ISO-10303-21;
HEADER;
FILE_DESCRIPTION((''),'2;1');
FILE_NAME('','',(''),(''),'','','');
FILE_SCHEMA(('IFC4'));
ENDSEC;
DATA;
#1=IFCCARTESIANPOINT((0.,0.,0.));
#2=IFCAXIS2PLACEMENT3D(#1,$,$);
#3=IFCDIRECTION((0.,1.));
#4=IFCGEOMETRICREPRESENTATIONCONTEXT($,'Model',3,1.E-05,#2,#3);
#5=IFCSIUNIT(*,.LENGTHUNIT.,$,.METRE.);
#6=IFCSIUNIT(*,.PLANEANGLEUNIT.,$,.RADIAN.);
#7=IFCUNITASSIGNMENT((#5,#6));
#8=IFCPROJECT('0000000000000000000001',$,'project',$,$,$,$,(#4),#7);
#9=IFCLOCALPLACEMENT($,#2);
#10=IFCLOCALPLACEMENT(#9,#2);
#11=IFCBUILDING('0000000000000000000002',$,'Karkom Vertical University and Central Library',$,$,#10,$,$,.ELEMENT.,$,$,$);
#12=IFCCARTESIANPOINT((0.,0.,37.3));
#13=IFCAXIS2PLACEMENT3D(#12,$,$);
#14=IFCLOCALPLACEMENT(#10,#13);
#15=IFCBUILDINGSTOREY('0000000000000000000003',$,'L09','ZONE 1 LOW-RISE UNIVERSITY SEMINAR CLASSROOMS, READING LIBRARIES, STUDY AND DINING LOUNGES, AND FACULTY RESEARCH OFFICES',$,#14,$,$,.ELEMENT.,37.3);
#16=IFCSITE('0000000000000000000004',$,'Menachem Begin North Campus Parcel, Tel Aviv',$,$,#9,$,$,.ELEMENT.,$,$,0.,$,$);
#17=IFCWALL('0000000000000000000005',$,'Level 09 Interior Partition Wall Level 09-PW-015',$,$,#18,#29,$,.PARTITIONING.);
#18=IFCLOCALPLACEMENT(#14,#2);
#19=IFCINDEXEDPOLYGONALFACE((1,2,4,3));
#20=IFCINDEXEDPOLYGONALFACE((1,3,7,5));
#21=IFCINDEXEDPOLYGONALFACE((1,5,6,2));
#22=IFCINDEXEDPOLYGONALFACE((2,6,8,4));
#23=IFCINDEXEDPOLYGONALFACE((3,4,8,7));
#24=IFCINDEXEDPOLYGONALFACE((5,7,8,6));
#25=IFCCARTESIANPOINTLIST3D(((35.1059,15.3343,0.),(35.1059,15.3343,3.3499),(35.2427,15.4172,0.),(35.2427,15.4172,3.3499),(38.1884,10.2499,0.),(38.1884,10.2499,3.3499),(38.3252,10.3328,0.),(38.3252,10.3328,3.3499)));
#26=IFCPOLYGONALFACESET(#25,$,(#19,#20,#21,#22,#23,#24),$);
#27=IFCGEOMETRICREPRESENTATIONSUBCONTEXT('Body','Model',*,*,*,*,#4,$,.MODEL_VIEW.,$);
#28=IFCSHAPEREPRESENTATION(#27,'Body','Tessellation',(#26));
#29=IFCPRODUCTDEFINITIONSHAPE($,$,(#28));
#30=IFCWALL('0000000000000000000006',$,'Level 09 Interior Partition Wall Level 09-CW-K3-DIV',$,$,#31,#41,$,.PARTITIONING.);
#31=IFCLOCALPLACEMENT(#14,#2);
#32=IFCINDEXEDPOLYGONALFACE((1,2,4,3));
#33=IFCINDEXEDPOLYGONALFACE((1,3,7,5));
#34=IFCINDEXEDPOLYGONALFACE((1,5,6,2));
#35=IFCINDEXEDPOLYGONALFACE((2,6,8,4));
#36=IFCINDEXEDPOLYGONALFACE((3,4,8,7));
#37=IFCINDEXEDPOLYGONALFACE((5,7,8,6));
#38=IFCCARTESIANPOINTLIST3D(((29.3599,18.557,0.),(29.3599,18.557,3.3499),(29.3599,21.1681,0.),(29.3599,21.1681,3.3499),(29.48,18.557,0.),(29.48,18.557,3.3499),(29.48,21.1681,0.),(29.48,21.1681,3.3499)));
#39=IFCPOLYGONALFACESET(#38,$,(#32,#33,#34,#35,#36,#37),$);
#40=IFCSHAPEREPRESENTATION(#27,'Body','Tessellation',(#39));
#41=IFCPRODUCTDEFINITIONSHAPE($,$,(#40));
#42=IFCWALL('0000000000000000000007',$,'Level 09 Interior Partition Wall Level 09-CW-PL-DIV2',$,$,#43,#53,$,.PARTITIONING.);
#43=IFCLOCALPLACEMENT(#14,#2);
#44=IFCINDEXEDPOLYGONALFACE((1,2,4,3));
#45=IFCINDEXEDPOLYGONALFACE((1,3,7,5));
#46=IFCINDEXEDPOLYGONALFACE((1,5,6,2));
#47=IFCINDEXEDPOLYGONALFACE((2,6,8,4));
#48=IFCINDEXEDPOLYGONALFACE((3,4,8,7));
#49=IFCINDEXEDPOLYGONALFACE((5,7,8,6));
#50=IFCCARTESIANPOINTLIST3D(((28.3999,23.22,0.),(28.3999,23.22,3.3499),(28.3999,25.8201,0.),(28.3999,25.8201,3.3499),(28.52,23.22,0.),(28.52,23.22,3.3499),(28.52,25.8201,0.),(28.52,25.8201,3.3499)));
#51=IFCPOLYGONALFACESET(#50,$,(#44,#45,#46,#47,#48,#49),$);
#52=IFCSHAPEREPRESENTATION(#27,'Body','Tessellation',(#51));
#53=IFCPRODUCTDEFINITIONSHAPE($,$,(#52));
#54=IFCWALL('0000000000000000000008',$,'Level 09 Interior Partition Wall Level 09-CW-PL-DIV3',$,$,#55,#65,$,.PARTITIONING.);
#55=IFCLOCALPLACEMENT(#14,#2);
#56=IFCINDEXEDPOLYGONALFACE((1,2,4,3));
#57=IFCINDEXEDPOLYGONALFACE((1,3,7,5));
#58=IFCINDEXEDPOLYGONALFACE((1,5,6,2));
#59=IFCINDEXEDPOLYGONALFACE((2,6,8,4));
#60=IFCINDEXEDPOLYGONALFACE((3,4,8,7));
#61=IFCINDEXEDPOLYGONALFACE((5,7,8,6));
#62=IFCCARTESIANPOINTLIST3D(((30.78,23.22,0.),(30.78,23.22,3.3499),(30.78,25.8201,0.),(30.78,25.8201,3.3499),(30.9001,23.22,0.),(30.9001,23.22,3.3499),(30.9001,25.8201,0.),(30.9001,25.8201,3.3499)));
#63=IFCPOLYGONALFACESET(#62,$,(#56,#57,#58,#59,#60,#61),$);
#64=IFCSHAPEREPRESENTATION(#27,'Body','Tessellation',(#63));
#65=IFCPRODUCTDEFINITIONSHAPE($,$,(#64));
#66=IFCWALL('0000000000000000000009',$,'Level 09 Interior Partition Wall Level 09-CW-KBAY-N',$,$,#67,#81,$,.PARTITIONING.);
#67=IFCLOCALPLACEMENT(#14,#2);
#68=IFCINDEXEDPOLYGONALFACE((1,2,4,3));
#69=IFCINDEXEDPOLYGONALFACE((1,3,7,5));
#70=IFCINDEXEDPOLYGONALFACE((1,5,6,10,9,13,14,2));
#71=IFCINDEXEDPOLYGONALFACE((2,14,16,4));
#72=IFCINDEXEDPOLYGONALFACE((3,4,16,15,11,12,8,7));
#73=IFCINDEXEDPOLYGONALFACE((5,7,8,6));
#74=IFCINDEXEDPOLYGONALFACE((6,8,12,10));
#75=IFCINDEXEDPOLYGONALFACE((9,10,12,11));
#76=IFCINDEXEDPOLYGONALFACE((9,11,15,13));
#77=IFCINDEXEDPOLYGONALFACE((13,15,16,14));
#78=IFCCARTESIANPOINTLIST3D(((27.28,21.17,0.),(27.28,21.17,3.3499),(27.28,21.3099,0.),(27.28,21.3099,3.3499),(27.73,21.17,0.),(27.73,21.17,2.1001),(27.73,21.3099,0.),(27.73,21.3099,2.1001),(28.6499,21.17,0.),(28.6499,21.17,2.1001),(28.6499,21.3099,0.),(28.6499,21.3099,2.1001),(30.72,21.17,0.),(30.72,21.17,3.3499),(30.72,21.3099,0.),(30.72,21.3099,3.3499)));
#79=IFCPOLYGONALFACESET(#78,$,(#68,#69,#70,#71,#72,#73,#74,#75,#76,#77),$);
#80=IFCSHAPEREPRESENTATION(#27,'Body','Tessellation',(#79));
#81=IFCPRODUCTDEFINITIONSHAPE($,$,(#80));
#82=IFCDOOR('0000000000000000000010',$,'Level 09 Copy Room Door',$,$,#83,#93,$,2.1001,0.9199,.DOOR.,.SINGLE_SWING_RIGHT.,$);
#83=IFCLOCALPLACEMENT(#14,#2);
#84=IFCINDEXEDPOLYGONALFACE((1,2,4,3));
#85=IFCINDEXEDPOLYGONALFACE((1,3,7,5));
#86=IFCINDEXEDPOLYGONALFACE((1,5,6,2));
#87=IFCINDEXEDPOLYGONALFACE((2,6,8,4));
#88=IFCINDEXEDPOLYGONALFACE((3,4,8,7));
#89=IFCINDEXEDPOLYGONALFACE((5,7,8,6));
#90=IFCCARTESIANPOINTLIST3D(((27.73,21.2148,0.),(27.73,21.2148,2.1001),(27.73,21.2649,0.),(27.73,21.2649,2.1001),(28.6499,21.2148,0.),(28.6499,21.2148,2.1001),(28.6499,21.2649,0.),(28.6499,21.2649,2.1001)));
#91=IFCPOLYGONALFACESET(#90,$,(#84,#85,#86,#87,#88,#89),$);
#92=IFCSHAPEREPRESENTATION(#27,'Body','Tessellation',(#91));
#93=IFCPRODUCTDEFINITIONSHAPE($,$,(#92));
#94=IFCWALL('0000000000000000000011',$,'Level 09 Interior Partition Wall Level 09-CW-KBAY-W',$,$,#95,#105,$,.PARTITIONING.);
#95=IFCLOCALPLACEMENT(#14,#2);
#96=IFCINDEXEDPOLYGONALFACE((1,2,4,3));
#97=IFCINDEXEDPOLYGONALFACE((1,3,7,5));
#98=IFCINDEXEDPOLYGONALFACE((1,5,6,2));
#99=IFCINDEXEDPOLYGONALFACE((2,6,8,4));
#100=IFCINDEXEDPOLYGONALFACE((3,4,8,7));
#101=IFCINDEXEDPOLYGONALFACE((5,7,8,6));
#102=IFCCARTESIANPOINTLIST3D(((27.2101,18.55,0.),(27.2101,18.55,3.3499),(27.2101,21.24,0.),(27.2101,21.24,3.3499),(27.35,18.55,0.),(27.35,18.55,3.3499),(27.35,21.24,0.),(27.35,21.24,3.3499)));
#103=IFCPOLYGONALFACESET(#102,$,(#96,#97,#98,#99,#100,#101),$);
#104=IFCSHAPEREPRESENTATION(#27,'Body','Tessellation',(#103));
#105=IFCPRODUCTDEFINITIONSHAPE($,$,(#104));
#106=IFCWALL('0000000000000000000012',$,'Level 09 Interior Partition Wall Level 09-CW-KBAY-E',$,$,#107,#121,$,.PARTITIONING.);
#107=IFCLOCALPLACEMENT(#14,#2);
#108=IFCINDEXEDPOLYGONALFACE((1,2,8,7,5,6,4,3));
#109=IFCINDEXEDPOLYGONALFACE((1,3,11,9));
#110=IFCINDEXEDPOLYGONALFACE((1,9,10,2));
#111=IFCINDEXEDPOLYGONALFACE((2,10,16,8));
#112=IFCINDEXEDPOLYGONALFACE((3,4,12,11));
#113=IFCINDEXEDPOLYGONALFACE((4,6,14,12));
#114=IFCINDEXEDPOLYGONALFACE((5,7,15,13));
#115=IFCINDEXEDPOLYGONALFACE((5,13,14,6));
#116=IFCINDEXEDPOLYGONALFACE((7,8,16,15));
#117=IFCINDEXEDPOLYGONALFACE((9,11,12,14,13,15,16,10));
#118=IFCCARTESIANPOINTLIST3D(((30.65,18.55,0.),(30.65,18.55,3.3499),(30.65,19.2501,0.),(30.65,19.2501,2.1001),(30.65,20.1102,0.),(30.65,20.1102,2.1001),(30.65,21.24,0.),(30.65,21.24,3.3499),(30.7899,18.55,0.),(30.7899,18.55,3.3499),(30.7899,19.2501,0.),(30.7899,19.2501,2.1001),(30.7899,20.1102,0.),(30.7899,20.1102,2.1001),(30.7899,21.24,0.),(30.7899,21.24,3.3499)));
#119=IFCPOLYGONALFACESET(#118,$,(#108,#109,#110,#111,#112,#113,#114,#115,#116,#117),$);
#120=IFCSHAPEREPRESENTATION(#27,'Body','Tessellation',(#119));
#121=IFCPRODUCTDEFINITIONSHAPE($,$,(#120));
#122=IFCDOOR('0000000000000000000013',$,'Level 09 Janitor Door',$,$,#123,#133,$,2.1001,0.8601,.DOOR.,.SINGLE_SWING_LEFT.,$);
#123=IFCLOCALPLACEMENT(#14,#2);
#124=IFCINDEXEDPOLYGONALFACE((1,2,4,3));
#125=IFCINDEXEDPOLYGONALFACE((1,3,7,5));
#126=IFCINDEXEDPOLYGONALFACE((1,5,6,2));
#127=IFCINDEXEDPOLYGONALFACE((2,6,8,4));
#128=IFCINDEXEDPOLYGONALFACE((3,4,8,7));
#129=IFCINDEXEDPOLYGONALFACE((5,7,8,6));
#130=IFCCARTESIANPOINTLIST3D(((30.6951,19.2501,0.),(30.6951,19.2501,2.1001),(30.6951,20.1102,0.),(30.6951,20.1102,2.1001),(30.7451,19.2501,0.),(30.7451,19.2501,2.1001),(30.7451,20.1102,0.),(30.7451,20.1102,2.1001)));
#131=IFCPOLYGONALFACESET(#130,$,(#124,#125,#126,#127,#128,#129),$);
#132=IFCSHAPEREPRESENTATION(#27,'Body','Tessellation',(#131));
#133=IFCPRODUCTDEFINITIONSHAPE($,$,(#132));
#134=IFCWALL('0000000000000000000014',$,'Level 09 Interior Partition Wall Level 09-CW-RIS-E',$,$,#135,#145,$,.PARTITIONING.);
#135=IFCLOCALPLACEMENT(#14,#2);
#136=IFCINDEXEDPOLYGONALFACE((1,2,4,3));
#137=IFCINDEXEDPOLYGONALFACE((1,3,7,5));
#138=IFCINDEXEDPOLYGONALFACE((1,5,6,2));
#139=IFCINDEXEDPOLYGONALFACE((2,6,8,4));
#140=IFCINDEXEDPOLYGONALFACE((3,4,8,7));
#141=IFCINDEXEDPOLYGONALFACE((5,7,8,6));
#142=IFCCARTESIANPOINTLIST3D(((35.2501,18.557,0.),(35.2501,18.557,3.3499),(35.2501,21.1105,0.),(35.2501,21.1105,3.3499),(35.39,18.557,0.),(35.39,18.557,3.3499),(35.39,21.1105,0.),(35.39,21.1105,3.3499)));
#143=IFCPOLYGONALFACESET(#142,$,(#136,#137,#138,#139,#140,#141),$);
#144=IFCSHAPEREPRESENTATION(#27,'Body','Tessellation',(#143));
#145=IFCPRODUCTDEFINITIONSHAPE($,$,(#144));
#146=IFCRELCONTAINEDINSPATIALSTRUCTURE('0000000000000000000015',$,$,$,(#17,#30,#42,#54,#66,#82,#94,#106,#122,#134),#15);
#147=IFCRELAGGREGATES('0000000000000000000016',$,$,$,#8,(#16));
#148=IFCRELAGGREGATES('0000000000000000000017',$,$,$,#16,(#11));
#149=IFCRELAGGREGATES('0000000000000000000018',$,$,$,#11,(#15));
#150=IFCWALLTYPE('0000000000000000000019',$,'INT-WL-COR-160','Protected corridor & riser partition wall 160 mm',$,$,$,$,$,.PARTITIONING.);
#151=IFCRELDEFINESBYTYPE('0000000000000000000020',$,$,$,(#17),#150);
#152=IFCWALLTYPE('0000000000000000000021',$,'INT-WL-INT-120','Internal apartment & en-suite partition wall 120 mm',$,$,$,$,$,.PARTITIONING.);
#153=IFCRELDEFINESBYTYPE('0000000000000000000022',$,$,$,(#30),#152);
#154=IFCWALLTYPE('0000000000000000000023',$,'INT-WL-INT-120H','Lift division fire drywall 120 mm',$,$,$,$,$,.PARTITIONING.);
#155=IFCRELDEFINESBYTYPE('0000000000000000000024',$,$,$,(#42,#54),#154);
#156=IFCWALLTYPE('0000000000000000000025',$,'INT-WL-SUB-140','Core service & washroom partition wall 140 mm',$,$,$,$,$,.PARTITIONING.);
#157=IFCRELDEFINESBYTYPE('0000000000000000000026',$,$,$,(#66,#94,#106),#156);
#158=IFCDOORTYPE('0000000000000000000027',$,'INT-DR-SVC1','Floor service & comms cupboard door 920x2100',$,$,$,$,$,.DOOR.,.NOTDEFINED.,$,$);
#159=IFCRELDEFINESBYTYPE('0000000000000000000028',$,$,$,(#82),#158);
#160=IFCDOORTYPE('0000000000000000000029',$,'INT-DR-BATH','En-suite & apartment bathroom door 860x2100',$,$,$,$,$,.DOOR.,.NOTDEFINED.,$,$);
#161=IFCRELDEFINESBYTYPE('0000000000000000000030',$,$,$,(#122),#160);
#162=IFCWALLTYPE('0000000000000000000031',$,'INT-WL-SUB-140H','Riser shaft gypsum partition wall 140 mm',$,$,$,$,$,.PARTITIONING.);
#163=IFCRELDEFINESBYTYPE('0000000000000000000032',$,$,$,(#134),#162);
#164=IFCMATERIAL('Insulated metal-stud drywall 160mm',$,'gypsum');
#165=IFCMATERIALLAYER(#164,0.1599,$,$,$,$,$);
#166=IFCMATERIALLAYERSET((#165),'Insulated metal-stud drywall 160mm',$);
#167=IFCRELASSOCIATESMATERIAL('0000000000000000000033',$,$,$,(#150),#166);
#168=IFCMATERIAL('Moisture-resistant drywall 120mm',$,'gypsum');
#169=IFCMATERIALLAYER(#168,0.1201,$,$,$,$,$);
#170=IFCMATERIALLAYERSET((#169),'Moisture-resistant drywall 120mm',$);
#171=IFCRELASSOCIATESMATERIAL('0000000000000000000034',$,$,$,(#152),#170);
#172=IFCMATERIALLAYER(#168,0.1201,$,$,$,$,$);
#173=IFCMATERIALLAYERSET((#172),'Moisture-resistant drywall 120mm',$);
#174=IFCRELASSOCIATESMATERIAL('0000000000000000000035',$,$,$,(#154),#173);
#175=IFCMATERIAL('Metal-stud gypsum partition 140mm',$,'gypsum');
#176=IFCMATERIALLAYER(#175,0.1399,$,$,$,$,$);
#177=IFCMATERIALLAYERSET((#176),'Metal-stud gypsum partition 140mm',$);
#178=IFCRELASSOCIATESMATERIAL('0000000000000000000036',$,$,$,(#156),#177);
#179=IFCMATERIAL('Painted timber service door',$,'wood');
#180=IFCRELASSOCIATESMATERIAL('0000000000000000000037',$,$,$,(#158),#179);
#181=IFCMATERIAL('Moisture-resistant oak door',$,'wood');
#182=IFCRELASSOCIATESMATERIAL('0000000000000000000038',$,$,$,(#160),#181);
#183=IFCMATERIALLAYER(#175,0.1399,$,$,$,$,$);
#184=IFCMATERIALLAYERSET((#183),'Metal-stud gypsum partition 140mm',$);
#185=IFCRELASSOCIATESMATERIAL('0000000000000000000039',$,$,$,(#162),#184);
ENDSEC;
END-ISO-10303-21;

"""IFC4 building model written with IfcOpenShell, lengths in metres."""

from ifc_helpers import new_model, si_unit, direction, frame, frame_2d, origin, origin_with_axes, place, context, subcontext, project, spatial, rectangle, extrude, source, transform, mapped, material, layer, layer_set, type_object, element, fill, save


model = new_model("IFC4")

# Units and contexts
model_context = context("Model", 3, precision=1e-05, world=origin(), true_north=direction((0.0, 1.0)))
body_context = subcontext(model_context, "Body", "Model", "MODEL_VIEW")
ifc_project = project(units=[si_unit("LENGTHUNIT", "METRE"), si_unit("PLANEANGLEUNIT", "RADIAN")], contexts=[model_context])

# Site, building, storey
site_placement = place(None, origin())
site = spatial("IfcSite", under=ifc_project, at=site_placement, Name="Menachem Begin North Campus Parcel, Tel Aviv", CompositionType="ELEMENT", RefElevation=0.0)
building_placement = place(site_placement, origin())
building = spatial("IfcBuilding", under=site, at=building_placement, Name="Karkom Vertical University and Central Library", CompositionType="ELEMENT")
storey_placement = place(building_placement, frame((0.0, 0.0, 37.3)))
storey = spatial("IfcBuildingStorey", under=building, at=storey_placement, Name="L09", Description="ZONE 1 LOW-RISE UNIVERSITY SEMINAR CLASSROOMS, READING LIBRARIES, STUDY AND DINING LOUNGES, AND FACULTY RESEARCH OFFICES", CompositionType="ELEMENT", Elevation=37.3)

# Walls
ifc_material_1 = material(Name="Insulated metal-stud drywall 160mm", Category="gypsum")
ifc_layer_1 = layer(ifc_material_1, 0.1599)
ifc_layer_set_1 = layer_set([ifc_layer_1], Name="Insulated metal-stud drywall 160mm")
wall_type_1 = type_object("IfcWallType", Name="INT-WL-COR-160", Description="Protected corridor & riser partition wall 160 mm", PredefinedType="PARTITIONING", material=ifc_layer_set_1)
wall_1_placement = place(storey_placement, frame((35.1743, 15.3757, 0.0), z_axis=(0.0, 0.0, 1.0), x_axis=(0.518427, -0.855122, 0.0)))
element("IfcWall", 1, at=wall_1_placement, inside=storey, type_object=wall_type_1, Name="Level 09 Interior Partition Wall Level 09-PW-015", PredefinedType="PARTITIONING", context=body_context, shape_type="SweptSolid", body=[
    extrude(rectangle(XDim=5.9458, YDim=0.1599, at=frame_2d((2.9729, 0.0))), origin(), (0.0, 0.0, 1.0), 3.3499),
])
ifc_material_2 = material(Name="Moisture-resistant drywall 120mm", Category="gypsum")
ifc_layer_2 = layer(ifc_material_2, 0.1201)
ifc_layer_set_2 = layer_set([ifc_layer_2], Name="Moisture-resistant drywall 120mm")
wall_type_2 = type_object("IfcWallType", Name="INT-WL-INT-120", Description="Internal apartment & en-suite partition wall 120 mm", PredefinedType="PARTITIONING", material=ifc_layer_set_2)
wall_2_placement = place(storey_placement, frame((29.4199, 18.5569, 0.0), z_axis=(0.0, 0.0, 1.0), x_axis=(0.0, 1.0, 0.0)))
element("IfcWall", 2, at=wall_2_placement, inside=storey, type_object=wall_type_2, Name="Level 09 Interior Partition Wall Level 09-CW-K3-DIV", PredefinedType="PARTITIONING", context=body_context, shape_type="SweptSolid", body=[
    extrude(rectangle(XDim=2.6111, YDim=0.1201, at=frame_2d((1.3057, 0.0))), origin(), (0.0, 0.0, 1.0), 3.3499),
])
ifc_layer_3 = layer(ifc_material_2, 0.1201)
ifc_layer_set_3 = layer_set([ifc_layer_3], Name="Moisture-resistant drywall 120mm")
wall_type_3 = type_object("IfcWallType", Name="INT-WL-INT-120H", Description="Lift division fire drywall 120 mm", PredefinedType="PARTITIONING", material=ifc_layer_set_3)
for number, where, z_axis, x_axis, name in (
    (3, (28.46, 23.22, 0.0), (0.0, 0.0, 1.0), (0.0, 1.0, 0.0), "Level 09 Interior Partition Wall Level 09-CW-PL-DIV2"),
    (4, (30.8401, 23.22, 0.0), (0.0, 0.0, 1.0), (0.0, 1.0, 0.0), "Level 09 Interior Partition Wall Level 09-CW-PL-DIV3"),
):
    element("IfcWall", number, at=place(storey_placement, frame(where, z_axis=z_axis, x_axis=x_axis)), inside=storey, type_object=wall_type_3, Name=name, PredefinedType="PARTITIONING", context=body_context, shape_type="SweptSolid", body=[
        extrude(rectangle(XDim=2.6001, YDim=0.1201, at=frame_2d((1.3, 0.0))), origin(), (0.0, 0.0, 1.0), 3.3499),
    ])

# Wall, opening, door
ifc_material_3 = material(Name="Metal-stud gypsum partition 140mm", Category="gypsum")
ifc_layer_4 = layer(ifc_material_3, 0.1399)
ifc_layer_set_4 = layer_set([ifc_layer_4], Name="Metal-stud gypsum partition 140mm")
wall_type_4 = type_object("IfcWallType", Name="INT-WL-SUB-140", Description="Core service & washroom partition wall 140 mm", PredefinedType="PARTITIONING", material=ifc_layer_set_4)
wall_3_placement = place(storey_placement, frame((27.28, 21.24, 0.0), z_axis=(0.0, 0.0, 1.0), x_axis=(1.0, 0.0, 0.0)))
wall_3 = element("IfcWall", 5, at=wall_3_placement, inside=storey, type_object=wall_type_4, Name="Level 09 Interior Partition Wall Level 09-CW-KBAY-N", PredefinedType="PARTITIONING", context=body_context, shape_type="SweptSolid", body=[
    extrude(rectangle(XDim=3.4399, YDim=0.1399, at=frame_2d((1.72, 0.0))), origin(), (0.0, 0.0, 1.0), 3.3499),
])
opening_1_placement = place(wall_3_placement, frame((0.45, 0.0, 0.0)))
opening_1 = element("IfcOpeningElement", 6, at=opening_1_placement, cuts=wall_3, PredefinedType="OPENING", context=body_context, shape_type="SweptSolid", body=[
    extrude(rectangle(XDim=0.9199, YDim=2.1001, at=frame_2d((0.46, 1.05))), frame((0.0, 0.0801, 0.0), z_axis=(0.0, -1.0, 0.0), x_axis=(1.0, 0.0, 0.0)), (0.0, 0.0, 1.0), 0.1599),
])
ifc_material_4 = material(Name="Painted timber service door", Category="wood")
door_type_1 = type_object("IfcDoorType", Name="INT-DR-SVC1", Description="Floor service & comms cupboard door 920x2100", OperationType="NOTDEFINED", PredefinedType="DOOR", material=ifc_material_4)
shared_shape_1 = source(origin_with_axes(), body_context, "Body", "SweptSolid", [
    extrude(rectangle(XDim=0.9199, YDim=2.1001, at=frame_2d((0.46, 1.05))), frame((0.0, 0.0249, 0.0), z_axis=(0.0, -1.0, 0.0), x_axis=(1.0, 0.0, 0.0)), (0.0, 0.0, 1.0), 0.05),
])
door_1_placement = place(opening_1_placement, origin())
door_1 = element("IfcDoor", 7, at=door_1_placement, inside=storey, type_object=door_type_1, Name="Level 09 Copy Room Door", OperationType="SINGLE_SWING_RIGHT", OverallHeight=2.1001, OverallWidth=0.9199, PredefinedType="DOOR", context=body_context, shape_type="MappedRepresentation", body=[
    mapped(shared_shape_1, transform((0.0, 0.0, 0.0), scale=1.0)),
])
fill(opening_1, door_1)

# Wall
wall_4_placement = place(storey_placement, frame((27.28, 18.55, 0.0), z_axis=(0.0, 0.0, 1.0), x_axis=(0.0, 1.0, 0.0)))
element("IfcWall", 8, at=wall_4_placement, inside=storey, type_object=wall_type_4, Name="Level 09 Interior Partition Wall Level 09-CW-KBAY-W", PredefinedType="PARTITIONING", context=body_context, shape_type="SweptSolid", body=[
    extrude(rectangle(XDim=2.6899, YDim=0.1399, at=frame_2d((1.345, 0.0))), origin(), (0.0, 0.0, 1.0), 3.3499),
])

# Wall, opening, door
wall_5_placement = place(storey_placement, frame((30.72, 18.55, 0.0), z_axis=(0.0, 0.0, 1.0), x_axis=(0.0, 1.0, 0.0)))
wall_5 = element("IfcWall", 9, at=wall_5_placement, inside=storey, type_object=wall_type_4, Name="Level 09 Interior Partition Wall Level 09-CW-KBAY-E", PredefinedType="PARTITIONING", context=body_context, shape_type="SweptSolid", body=[
    extrude(rectangle(XDim=2.6899, YDim=0.1399, at=frame_2d((1.345, 0.0))), origin(), (0.0, 0.0, 1.0), 3.3499),
])
opening_2_placement = place(wall_5_placement, frame((0.7, 0.0, 0.0)))
opening_2 = element("IfcOpeningElement", 10, at=opening_2_placement, cuts=wall_5, PredefinedType="OPENING", context=body_context, shape_type="SweptSolid", body=[
    extrude(rectangle(XDim=0.8601, YDim=2.1001, at=frame_2d((0.4302, 1.05))), frame((0.0, 0.0801, 0.0), z_axis=(0.0, -1.0, 0.0), x_axis=(1.0, 0.0, 0.0)), (0.0, 0.0, 1.0), 0.1599),
])
ifc_material_5 = material(Name="Moisture-resistant oak door", Category="wood")
door_type_2 = type_object("IfcDoorType", Name="INT-DR-BATH", Description="En-suite & apartment bathroom door 860x2100", OperationType="NOTDEFINED", PredefinedType="DOOR", material=ifc_material_5)
shared_shape_2 = source(origin_with_axes(), body_context, "Body", "SweptSolid", [
    extrude(rectangle(XDim=0.8601, YDim=2.1001, at=frame_2d((0.4302, 1.05))), frame((0.0, 0.0249, 0.0), z_axis=(0.0, -1.0, 0.0), x_axis=(1.0, 0.0, 0.0)), (0.0, 0.0, 1.0), 0.05),
])
door_2_placement = place(opening_2_placement, origin())
door_2 = element("IfcDoor", 11, at=door_2_placement, inside=storey, type_object=door_type_2, Name="Level 09 Janitor Door", OperationType="SINGLE_SWING_LEFT", OverallHeight=2.1001, OverallWidth=0.8601, PredefinedType="DOOR", context=body_context, shape_type="MappedRepresentation", body=[
    mapped(shared_shape_2, transform((0.0, 0.0, 0.0), scale=1.0)),
])
fill(opening_2, door_2)

# Wall
ifc_layer_5 = layer(ifc_material_3, 0.1399)
ifc_layer_set_5 = layer_set([ifc_layer_5], Name="Metal-stud gypsum partition 140mm")
wall_type_5 = type_object("IfcWallType", Name="INT-WL-SUB-140H", Description="Riser shaft gypsum partition wall 140 mm", PredefinedType="PARTITIONING", material=ifc_layer_set_5)
wall_6_placement = place(storey_placement, frame((35.3201, 18.5569, 0.0), z_axis=(0.0, 0.0, 1.0), x_axis=(0.0, 1.0, 0.0)))
element("IfcWall", 12, at=wall_6_placement, inside=storey, type_object=wall_type_5, Name="Level 09 Interior Partition Wall Level 09-CW-RIS-E", PredefinedType="PARTITIONING", context=body_context, shape_type="SweptSolid", body=[
    extrude(rectangle(XDim=2.5535, YDim=0.1399, at=frame_2d((1.2769, 0.0))), origin(), (0.0, 0.0, 1.0), 3.3499),
])

save(model, "model.ifc")
